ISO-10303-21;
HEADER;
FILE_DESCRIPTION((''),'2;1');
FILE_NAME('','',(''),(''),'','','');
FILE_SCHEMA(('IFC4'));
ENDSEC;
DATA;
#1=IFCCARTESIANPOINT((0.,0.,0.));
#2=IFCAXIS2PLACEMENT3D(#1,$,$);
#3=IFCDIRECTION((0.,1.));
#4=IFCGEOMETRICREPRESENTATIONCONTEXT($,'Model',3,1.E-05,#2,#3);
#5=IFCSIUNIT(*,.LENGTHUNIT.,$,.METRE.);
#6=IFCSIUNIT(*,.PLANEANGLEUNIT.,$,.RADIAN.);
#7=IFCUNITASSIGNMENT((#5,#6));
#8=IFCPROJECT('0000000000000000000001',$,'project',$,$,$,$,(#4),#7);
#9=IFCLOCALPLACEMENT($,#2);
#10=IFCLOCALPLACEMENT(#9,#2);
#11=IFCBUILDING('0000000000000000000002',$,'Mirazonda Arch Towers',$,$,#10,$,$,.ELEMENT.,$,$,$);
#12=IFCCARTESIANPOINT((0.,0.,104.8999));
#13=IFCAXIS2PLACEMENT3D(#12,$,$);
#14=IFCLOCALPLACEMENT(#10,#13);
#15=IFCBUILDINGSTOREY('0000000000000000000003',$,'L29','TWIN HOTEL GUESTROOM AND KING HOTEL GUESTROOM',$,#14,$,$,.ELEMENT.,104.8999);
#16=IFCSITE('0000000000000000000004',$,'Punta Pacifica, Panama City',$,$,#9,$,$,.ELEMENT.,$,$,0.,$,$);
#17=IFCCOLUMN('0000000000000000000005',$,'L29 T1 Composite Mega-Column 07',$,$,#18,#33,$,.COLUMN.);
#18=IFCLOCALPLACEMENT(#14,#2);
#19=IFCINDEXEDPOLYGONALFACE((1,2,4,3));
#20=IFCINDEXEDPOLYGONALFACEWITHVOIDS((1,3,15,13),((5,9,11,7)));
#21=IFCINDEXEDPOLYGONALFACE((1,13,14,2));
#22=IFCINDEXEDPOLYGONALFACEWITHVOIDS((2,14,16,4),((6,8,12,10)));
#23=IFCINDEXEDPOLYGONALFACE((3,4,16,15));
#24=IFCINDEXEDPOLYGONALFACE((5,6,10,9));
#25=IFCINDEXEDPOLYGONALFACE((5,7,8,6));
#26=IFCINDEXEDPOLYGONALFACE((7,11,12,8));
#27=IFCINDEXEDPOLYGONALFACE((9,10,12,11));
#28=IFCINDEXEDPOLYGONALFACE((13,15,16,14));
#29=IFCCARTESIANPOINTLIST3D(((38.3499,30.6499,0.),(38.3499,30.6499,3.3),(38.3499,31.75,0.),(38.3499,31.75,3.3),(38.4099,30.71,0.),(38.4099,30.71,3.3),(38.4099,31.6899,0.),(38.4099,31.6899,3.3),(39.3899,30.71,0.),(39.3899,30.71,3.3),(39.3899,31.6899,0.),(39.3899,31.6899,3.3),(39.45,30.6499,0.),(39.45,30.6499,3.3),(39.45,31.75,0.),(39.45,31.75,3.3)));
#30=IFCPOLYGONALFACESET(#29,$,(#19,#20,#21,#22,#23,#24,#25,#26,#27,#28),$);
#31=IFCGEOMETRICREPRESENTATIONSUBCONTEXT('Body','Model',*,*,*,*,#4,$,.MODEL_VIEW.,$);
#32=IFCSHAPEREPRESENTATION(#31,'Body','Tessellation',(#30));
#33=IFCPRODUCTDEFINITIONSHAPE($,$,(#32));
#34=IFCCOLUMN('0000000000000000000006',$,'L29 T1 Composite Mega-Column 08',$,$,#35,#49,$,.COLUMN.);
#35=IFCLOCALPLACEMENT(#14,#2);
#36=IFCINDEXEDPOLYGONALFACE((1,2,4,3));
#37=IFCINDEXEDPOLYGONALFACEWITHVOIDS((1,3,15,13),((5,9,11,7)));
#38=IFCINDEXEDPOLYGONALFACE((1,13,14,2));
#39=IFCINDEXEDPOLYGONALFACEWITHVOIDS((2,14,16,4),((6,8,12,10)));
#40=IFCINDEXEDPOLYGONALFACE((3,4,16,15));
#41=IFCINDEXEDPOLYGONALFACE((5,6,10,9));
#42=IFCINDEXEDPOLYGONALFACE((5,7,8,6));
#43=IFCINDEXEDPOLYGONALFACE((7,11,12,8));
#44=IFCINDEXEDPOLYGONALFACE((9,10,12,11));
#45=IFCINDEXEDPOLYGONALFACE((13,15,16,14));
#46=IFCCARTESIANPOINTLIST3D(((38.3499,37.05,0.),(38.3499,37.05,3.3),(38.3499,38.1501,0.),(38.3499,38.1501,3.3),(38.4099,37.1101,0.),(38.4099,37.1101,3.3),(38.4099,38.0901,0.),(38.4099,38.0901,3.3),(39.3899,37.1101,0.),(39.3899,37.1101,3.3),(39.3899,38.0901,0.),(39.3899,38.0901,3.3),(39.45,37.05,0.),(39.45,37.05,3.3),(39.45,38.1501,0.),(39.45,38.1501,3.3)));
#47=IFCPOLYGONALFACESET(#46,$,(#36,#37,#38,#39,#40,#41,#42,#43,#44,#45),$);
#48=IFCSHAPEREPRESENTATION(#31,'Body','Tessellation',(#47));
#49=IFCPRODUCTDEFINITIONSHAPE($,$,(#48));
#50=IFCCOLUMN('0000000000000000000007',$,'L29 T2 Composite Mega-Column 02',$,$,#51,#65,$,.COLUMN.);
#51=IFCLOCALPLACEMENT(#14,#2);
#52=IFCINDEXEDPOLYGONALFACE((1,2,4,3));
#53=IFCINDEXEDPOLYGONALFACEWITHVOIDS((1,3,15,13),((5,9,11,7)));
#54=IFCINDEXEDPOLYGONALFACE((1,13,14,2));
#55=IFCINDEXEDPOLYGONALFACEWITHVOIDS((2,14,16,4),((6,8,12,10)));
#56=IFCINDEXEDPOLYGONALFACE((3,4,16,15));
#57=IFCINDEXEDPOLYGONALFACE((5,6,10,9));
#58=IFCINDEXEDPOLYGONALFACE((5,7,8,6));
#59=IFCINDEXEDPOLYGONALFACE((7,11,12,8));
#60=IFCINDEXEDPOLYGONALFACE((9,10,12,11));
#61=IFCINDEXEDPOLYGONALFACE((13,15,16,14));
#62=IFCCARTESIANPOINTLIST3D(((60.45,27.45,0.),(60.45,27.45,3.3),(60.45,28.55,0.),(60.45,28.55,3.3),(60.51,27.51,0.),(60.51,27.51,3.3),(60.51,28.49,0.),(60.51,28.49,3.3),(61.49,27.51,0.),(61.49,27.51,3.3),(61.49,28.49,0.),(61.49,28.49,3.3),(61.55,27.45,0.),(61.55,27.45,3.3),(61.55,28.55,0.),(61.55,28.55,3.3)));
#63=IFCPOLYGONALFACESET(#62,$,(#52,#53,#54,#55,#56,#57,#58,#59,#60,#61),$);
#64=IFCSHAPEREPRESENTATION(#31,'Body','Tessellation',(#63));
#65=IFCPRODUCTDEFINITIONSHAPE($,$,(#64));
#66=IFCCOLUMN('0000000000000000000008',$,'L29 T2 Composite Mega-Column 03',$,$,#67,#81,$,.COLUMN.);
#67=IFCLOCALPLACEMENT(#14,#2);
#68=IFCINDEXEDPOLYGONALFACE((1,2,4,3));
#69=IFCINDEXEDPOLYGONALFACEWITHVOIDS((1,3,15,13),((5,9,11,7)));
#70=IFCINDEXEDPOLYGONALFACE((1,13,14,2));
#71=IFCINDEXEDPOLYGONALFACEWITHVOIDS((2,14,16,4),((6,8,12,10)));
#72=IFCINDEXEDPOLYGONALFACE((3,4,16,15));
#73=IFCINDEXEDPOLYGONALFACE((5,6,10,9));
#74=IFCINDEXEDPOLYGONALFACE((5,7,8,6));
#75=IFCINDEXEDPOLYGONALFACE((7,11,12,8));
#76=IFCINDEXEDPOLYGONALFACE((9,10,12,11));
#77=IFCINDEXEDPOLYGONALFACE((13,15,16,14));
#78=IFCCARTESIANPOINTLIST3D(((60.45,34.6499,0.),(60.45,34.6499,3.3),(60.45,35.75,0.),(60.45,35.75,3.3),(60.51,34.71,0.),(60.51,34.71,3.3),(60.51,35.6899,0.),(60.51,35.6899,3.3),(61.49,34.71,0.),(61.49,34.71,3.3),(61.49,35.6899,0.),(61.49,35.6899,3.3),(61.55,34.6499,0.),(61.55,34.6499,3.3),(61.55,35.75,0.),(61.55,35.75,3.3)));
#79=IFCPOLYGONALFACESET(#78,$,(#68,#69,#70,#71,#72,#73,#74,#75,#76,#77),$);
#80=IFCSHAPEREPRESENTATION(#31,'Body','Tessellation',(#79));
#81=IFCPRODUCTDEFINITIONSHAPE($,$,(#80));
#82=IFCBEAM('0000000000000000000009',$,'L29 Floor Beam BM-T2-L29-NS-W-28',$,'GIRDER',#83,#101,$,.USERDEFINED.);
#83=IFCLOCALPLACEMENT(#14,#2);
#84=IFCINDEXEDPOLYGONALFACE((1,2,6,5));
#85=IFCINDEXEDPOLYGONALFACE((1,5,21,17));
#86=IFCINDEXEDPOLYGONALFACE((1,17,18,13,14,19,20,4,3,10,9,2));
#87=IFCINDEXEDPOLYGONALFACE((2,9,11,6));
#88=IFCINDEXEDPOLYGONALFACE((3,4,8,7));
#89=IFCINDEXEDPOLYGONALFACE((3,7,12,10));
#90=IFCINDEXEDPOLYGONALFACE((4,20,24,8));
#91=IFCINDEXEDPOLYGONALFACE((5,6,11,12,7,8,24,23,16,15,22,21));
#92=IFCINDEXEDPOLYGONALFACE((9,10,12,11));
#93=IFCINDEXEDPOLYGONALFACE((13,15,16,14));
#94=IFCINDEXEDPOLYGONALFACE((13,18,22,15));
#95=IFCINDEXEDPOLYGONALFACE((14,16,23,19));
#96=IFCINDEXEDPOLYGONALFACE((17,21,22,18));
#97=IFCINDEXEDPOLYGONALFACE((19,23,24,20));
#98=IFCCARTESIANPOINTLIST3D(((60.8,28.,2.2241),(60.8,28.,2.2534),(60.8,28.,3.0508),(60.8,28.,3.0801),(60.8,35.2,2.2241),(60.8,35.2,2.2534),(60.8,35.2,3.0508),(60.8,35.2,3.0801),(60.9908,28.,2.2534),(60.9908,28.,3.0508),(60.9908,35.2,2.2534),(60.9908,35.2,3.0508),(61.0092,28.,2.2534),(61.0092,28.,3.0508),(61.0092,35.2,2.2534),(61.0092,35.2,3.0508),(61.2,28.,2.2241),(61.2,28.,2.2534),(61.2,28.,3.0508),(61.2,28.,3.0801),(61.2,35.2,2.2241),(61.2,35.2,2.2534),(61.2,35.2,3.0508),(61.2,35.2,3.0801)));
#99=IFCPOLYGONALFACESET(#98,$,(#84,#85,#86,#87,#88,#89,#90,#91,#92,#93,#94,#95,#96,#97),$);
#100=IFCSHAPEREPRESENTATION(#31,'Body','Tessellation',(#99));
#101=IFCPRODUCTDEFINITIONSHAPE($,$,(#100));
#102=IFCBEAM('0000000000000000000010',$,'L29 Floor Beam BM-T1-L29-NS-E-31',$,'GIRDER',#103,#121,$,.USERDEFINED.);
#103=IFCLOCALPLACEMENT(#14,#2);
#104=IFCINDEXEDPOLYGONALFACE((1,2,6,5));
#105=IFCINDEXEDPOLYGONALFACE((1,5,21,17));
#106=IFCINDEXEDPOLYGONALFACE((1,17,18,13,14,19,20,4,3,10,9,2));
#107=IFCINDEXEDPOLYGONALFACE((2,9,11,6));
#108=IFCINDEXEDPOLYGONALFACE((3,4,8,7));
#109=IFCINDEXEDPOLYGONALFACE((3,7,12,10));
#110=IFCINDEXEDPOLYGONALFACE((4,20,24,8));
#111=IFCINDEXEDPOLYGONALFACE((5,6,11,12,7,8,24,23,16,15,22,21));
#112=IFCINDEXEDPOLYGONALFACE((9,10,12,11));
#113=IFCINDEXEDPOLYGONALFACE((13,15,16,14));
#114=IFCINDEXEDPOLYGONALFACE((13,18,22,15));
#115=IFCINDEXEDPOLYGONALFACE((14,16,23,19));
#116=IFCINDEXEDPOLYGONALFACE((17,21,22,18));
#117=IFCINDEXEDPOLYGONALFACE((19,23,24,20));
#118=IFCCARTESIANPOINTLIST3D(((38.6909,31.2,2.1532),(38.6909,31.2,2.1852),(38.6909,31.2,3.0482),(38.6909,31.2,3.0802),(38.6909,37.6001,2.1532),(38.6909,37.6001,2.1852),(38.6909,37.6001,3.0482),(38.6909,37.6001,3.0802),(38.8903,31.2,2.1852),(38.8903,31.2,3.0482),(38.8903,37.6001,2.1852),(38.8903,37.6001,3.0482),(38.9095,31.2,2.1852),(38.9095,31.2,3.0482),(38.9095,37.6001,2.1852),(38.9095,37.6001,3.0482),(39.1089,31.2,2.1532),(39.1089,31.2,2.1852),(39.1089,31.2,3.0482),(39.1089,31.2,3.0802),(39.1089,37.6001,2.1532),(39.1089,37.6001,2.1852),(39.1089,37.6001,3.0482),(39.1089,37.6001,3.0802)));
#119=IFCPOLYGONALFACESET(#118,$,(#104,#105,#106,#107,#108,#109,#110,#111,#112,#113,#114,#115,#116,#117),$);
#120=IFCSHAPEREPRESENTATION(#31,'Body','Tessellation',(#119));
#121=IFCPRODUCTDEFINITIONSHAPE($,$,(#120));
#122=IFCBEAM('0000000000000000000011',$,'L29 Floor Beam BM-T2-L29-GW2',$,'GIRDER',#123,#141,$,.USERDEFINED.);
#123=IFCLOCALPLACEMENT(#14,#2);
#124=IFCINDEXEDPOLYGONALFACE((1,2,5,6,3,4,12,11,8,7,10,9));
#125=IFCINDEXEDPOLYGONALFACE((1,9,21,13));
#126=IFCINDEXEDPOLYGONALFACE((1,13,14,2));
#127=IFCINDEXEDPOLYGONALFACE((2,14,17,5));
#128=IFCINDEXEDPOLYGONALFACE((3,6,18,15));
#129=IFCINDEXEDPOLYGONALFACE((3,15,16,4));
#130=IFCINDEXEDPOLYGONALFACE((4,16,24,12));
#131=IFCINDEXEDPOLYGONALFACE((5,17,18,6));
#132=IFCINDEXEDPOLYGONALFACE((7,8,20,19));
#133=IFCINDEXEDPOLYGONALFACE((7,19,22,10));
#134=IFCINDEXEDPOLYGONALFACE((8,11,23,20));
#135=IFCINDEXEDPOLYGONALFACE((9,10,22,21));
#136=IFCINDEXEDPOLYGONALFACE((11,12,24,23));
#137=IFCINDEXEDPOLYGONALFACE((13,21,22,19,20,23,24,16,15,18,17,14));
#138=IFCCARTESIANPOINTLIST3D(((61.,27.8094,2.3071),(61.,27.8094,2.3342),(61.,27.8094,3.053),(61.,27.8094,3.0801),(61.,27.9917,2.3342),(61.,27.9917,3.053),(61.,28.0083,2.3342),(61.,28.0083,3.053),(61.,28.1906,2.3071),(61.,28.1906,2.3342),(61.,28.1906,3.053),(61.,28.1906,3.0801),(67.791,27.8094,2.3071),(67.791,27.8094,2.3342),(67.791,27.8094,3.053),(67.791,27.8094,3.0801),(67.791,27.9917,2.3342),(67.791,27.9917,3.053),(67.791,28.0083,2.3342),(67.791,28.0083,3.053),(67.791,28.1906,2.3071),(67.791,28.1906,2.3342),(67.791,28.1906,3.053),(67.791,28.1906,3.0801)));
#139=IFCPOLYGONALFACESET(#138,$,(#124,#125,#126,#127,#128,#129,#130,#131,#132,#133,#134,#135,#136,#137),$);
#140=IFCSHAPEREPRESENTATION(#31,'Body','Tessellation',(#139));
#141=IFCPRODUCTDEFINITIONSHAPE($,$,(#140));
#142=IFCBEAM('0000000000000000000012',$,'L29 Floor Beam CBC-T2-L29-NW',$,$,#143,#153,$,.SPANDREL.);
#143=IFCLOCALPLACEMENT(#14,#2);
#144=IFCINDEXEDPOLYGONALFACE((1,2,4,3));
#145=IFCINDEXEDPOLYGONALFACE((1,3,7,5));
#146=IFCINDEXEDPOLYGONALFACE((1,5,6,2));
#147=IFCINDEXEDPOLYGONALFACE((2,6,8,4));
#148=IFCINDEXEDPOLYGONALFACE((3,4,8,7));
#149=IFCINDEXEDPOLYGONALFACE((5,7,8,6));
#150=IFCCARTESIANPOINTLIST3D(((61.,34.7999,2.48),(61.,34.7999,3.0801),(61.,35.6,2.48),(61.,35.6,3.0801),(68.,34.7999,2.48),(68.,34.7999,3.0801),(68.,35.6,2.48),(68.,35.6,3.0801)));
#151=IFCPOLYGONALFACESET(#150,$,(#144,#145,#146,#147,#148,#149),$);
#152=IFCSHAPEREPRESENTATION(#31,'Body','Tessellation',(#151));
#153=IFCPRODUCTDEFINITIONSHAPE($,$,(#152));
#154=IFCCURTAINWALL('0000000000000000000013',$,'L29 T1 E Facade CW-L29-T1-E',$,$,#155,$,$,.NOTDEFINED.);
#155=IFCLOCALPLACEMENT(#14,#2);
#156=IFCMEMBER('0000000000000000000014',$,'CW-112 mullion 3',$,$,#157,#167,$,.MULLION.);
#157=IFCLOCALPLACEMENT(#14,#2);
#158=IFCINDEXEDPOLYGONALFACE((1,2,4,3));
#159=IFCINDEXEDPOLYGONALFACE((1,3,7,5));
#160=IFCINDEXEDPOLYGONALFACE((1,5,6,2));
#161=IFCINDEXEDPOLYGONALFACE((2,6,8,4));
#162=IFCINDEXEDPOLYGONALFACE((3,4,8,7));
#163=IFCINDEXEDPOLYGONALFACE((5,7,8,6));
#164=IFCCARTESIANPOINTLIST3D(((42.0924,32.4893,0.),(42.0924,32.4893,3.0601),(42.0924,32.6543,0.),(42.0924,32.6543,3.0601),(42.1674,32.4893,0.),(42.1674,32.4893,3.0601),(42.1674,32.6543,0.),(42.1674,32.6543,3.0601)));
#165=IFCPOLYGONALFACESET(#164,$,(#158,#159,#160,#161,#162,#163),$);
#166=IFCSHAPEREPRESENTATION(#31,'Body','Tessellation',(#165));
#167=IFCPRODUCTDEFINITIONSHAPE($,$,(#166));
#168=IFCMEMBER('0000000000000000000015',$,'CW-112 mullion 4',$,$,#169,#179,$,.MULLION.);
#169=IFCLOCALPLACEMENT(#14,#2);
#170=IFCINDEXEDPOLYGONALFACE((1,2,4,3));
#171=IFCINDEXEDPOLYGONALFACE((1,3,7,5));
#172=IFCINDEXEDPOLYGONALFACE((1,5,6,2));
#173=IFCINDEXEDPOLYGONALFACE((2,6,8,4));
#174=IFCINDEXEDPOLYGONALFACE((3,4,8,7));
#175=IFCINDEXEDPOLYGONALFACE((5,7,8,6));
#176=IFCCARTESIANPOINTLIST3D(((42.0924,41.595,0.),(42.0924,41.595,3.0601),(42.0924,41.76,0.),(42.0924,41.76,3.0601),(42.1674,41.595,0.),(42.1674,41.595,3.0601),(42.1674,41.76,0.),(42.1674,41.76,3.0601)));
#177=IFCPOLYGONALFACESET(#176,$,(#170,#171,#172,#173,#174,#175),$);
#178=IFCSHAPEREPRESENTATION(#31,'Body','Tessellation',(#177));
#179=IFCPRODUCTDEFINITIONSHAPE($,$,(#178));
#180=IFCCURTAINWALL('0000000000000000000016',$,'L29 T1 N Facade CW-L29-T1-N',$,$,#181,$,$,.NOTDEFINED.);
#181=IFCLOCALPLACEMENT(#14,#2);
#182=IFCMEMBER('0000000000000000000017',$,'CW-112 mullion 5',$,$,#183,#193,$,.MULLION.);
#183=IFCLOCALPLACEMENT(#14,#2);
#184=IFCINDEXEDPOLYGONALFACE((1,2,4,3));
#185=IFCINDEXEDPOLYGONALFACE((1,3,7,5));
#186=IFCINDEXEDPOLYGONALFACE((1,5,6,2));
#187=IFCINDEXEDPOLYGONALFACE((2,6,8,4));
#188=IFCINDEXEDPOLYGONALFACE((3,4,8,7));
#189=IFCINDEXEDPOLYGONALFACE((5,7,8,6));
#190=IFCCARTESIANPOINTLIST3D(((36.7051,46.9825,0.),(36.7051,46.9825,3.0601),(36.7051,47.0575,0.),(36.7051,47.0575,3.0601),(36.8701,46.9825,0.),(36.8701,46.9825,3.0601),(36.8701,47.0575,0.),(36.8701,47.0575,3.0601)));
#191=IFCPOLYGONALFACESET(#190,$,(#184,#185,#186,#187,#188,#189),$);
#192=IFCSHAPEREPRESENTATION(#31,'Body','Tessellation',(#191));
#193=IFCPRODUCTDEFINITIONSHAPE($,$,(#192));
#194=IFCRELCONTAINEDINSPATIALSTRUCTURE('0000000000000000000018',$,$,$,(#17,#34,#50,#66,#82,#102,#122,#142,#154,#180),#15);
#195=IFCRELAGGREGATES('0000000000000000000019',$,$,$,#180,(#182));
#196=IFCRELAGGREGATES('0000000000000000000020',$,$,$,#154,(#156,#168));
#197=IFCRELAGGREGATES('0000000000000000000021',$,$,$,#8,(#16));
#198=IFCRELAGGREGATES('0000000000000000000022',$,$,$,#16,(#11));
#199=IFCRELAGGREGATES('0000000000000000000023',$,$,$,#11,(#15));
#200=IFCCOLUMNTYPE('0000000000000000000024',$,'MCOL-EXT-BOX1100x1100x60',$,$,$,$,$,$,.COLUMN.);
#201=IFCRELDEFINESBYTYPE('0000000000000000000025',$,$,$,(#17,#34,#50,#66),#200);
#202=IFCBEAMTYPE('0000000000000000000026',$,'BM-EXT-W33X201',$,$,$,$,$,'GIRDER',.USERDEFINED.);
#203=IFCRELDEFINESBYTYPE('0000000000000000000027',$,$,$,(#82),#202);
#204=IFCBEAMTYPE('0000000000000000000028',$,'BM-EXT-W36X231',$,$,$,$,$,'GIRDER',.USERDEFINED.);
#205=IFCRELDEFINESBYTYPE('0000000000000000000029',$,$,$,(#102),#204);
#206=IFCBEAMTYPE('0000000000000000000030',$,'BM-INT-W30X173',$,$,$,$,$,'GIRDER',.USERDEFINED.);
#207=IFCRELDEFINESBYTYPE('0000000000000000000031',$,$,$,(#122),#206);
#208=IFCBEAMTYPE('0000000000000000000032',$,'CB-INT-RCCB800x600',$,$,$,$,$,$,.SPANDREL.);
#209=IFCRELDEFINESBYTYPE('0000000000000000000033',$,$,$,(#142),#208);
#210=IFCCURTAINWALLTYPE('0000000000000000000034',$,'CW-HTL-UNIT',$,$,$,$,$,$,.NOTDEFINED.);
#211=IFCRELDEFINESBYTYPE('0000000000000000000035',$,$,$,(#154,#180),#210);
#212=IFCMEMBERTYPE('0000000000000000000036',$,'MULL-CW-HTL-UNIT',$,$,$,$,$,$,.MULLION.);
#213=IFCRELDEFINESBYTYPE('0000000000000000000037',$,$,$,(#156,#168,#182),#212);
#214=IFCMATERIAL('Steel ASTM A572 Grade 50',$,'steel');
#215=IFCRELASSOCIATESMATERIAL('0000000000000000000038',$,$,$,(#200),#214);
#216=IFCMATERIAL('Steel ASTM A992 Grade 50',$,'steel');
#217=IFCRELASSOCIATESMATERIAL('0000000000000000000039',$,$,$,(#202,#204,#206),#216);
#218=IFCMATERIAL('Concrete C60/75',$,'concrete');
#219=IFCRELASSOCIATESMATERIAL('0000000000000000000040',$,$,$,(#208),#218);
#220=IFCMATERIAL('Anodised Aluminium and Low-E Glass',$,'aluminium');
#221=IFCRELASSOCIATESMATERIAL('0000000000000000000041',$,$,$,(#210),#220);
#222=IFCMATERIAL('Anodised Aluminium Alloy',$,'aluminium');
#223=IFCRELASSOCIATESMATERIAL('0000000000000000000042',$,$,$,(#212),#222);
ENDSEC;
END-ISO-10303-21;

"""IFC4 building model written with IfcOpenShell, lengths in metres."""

from ifc_helpers import new_model, si_unit, direction, frame, origin, origin_2d, place, context, subcontext, project, spatial, rectangle, hollow_rectangle, i_section, extrude, material, material_profile, profile_set, type_object, element, aggregate, save


model = new_model("IFC4")

# Units and contexts
model_context = context("Model", 3, precision=1e-05, world=origin(), true_north=direction((0.0, 1.0)))
body_context = subcontext(model_context, "Body", "Model", "MODEL_VIEW")
ifc_project = project(units=[si_unit("LENGTHUNIT", "METRE"), si_unit("PLANEANGLEUNIT", "RADIAN")], contexts=[model_context])

# Site, building, storey
site_placement = place(None, origin())
site = spatial("IfcSite", under=ifc_project, at=site_placement, Name="Punta Pacifica, Panama City", CompositionType="ELEMENT", RefElevation=0.0)
building_placement = place(site_placement, origin())
building = spatial("IfcBuilding", under=site, at=building_placement, Name="Mirazonda Arch Towers", CompositionType="ELEMENT")
storey_placement = place(building_placement, frame((0.0, 0.0, 104.8999)))
storey = spatial("IfcBuildingStorey", under=building, at=storey_placement, Name="L29", Description="TWIN HOTEL GUESTROOM AND KING HOTEL GUESTROOM", CompositionType="ELEMENT", Elevation=104.8999)

# Columns
ifc_material_1 = material(Name="Steel ASTM A572 Grade 50", Category="steel")
ifc_material_profile_1 = material_profile(ifc_material_1, hollow_rectangle(XDim=1.1001, YDim=1.1001, WallThickness=0.0601, at=origin_2d()), Name="BOX1100x1100x60")
ifc_profile_set_1 = profile_set([ifc_material_profile_1], Name="Steel ASTM A572 Grade 50")
column_type = type_object("IfcColumnType", Name="MCOL-EXT-BOX1100x1100x60", PredefinedType="COLUMN", material=ifc_profile_set_1)
for number, where, z_axis, x_axis, name in (
    (1, (38.8999, 31.2, 0.0), (0.0, 0.0, 1.0), (1.0, 0.0, 0.0), "L29 T1 Composite Mega-Column 07"),
    (2, (38.8999, 37.6001, 0.0), (0.0, 0.0, 1.0), (1.0, 0.0, 0.0), "L29 T1 Composite Mega-Column 08"),
    (3, (61.0, 28.0, 0.0), (0.0, 0.0, 1.0), (1.0, 0.0, 0.0), "L29 T2 Composite Mega-Column 02"),
    (4, (61.0, 35.2, 0.0), (0.0, 0.0, 1.0), (1.0, 0.0, 0.0), "L29 T2 Composite Mega-Column 03"),
):
    element("IfcColumn", number, at=place(storey_placement, frame(where, z_axis=z_axis, x_axis=x_axis)), inside=storey, type_object=column_type, Name=name, PredefinedType="COLUMN", context=body_context, shape_type="SweptSolid", body=[
        extrude(hollow_rectangle(XDim=1.1001, YDim=1.1001, WallThickness=0.0601, at=origin_2d()), origin(), (0.0, 0.0, 1.0), 3.3),
    ])

# Beams
ifc_material_2 = material(Name="Steel ASTM A992 Grade 50", Category="steel")
ifc_material_profile_2 = material_profile(ifc_material_2, i_section(OverallWidth=0.3999, OverallDepth=0.856, WebThickness=0.0183, FlangeThickness=0.0293, at=origin_2d()), Name="W33X201")
ifc_profile_set_2 = profile_set([ifc_material_profile_2], Name="Steel ASTM A992 Grade 50")
beam_type_1 = type_object("IfcBeamType", Name="BM-EXT-W33X201", ElementType="GIRDER", PredefinedType="USERDEFINED", material=ifc_profile_set_2)
beam_1_placement = place(storey_placement, frame((61.0, 28.0, 2.6521), z_axis=(0.0, 1.0, 0.0), x_axis=(-1.0, 0.0, 0.0)))
element("IfcBeam", 5, at=beam_1_placement, inside=storey, type_object=beam_type_1, Name="L29 Floor Beam BM-T2-L29-NS-W-28", ObjectType="GIRDER", PredefinedType="USERDEFINED", context=body_context, shape_type="SweptSolid", body=[
    extrude(i_section(OverallWidth=0.3999, OverallDepth=0.856, WebThickness=0.0183, FlangeThickness=0.0293, at=origin_2d()), origin(), (0.0, 0.0, 1.0), 7.2),
])
ifc_material_profile_3 = material_profile(ifc_material_2, i_section(OverallWidth=0.418, OverallDepth=0.927, WebThickness=0.0193, FlangeThickness=0.032, at=origin_2d()), Name="W36X231")
ifc_profile_set_3 = profile_set([ifc_material_profile_3], Name="Steel ASTM A992 Grade 50")
beam_type_2 = type_object("IfcBeamType", Name="BM-EXT-W36X231", ElementType="GIRDER", PredefinedType="USERDEFINED", material=ifc_profile_set_3)
beam_2_placement = place(storey_placement, frame((38.8999, 31.2, 2.6167), z_axis=(0.0, 1.0, 0.0), x_axis=(-1.0, 0.0, 0.0)))
element("IfcBeam", 6, at=beam_2_placement, inside=storey, type_object=beam_type_2, Name="L29 Floor Beam BM-T1-L29-NS-E-31", ObjectType="GIRDER", PredefinedType="USERDEFINED", context=body_context, shape_type="SweptSolid", body=[
    extrude(i_section(OverallWidth=0.418, OverallDepth=0.927, WebThickness=0.0193, FlangeThickness=0.032, at=origin_2d()), origin(), (0.0, 0.0, 1.0), 6.4001),
])
ifc_material_profile_4 = material_profile(ifc_material_2, i_section(OverallWidth=0.3811, OverallDepth=0.7729, WebThickness=0.0166, FlangeThickness=0.0271, at=origin_2d()), Name="W30X173")
ifc_profile_set_4 = profile_set([ifc_material_profile_4], Name="Steel ASTM A992 Grade 50")
beam_type_3 = type_object("IfcBeamType", Name="BM-INT-W30X173", ElementType="GIRDER", PredefinedType="USERDEFINED", material=ifc_profile_set_4)
beam_3_placement = place(storey_placement, frame((61.0, 28.0, 2.6936), z_axis=(1.0, 0.0, 0.0), x_axis=(0.0, 1.0, 0.0)))
element("IfcBeam", 7, at=beam_3_placement, inside=storey, type_object=beam_type_3, Name="L29 Floor Beam BM-T2-L29-GW2", ObjectType="GIRDER", PredefinedType="USERDEFINED", context=body_context, shape_type="SweptSolid", body=[
    extrude(i_section(OverallWidth=0.3811, OverallDepth=0.7729, WebThickness=0.0166, FlangeThickness=0.0271, at=origin_2d()), origin(), (0.0, 0.0, 1.0), 6.791),
])
ifc_material_3 = material(Name="Concrete C60/75", Category="concrete")
ifc_material_profile_5 = material_profile(ifc_material_3, rectangle(XDim=0.8, YDim=0.6001, at=origin_2d()), Name="RCCB800x600")
ifc_profile_set_5 = profile_set([ifc_material_profile_5], Name="Concrete C60/75")
beam_type_4 = type_object("IfcBeamType", Name="CB-INT-RCCB800x600", PredefinedType="SPANDREL", material=ifc_profile_set_5)
beam_4_placement = place(storey_placement, frame((61.0, 35.2, 2.78), z_axis=(1.0, 0.0, 0.0), x_axis=(0.0, 1.0, 0.0)))
element("IfcBeam", 8, at=beam_4_placement, inside=storey, type_object=beam_type_4, Name="L29 Floor Beam CBC-T2-L29-NW", PredefinedType="SPANDREL", context=body_context, shape_type="SweptSolid", body=[
    extrude(rectangle(XDim=0.8, YDim=0.6001, at=origin_2d()), origin(), (0.0, 0.0, 1.0), 7.0),
])

# Curtain wall, members
ifc_material_4 = material(Name="Anodised Aluminium and Low-E Glass", Category="aluminium")
curtain_wall_type = type_object("IfcCurtainWallType", Name="CW-HTL-UNIT", PredefinedType="NOTDEFINED", material=ifc_material_4)
curtain_wall_1_placement = place(storey_placement, origin())
curtain_wall_1 = element("IfcCurtainWall", 9, at=curtain_wall_1_placement, inside=storey, type_object=curtain_wall_type, Name="L29 T1 E Facade CW-L29-T1-E", PredefinedType="NOTDEFINED")
ifc_material_5 = material(Name="Anodised Aluminium Alloy", Category="aluminium")
ifc_material_profile_6 = material_profile(ifc_material_5, rectangle(XDim=0.075, YDim=0.165, at=origin_2d()), Name="ALU-MULL-75x165")
ifc_profile_set_6 = profile_set([ifc_material_profile_6], Name="Anodised Aluminium Alloy")
member_type_1 = type_object("IfcMemberType", Name="MULL-CW-HTL-UNIT", PredefinedType="MULLION", material=ifc_profile_set_6)
member_1_placement = place(storey_placement, frame((42.1299, 32.5718, 0.0), z_axis=(0.0, 0.0, 1.0), x_axis=(-1.0, 0.0, 0.0)))
member_1 = element("IfcMember", 10, at=member_1_placement, type_object=member_type_1, Name="CW-112 mullion 3", PredefinedType="MULLION", context=body_context, shape_type="SweptSolid", body=[
    extrude(rectangle(XDim=0.075, YDim=0.165, at=origin_2d()), origin(), (0.0, 0.0, 1.0), 3.0601),
])
member_2_placement = place(storey_placement, frame((42.1299, 41.6775, 0.0), z_axis=(0.0, 0.0, 1.0), x_axis=(-1.0, 0.0, 0.0)))
member_2 = element("IfcMember", 11, at=member_2_placement, type_object=member_type_1, Name="CW-112 mullion 4", PredefinedType="MULLION", context=body_context, shape_type="SweptSolid", body=[
    extrude(rectangle(XDim=0.075, YDim=0.165, at=origin_2d()), origin(), (0.0, 0.0, 1.0), 3.0601),
])

# Curtain wall, member
curtain_wall_2_placement = place(storey_placement, origin())
curtain_wall_2 = element("IfcCurtainWall", 12, at=curtain_wall_2_placement, inside=storey, type_object=curtain_wall_type, Name="L29 T1 N Facade CW-L29-T1-N", PredefinedType="NOTDEFINED")
member_3_placement = place(storey_placement, frame((36.7876, 47.02, 0.0), z_axis=(0.0, 0.0, 1.0), x_axis=(0.0, 1.0, 0.0)))
member_3 = element("IfcMember", 13, at=member_3_placement, type_object=member_type_1, Name="CW-112 mullion 5", PredefinedType="MULLION", context=body_context, shape_type="SweptSolid", body=[
    extrude(rectangle(XDim=0.075, YDim=0.165, at=origin_2d()), origin(), (0.0, 0.0, 1.0), 3.0601),
])
aggregate(curtain_wall_2, [member_3])

aggregate(curtain_wall_1, [member_1, member_2])

save(model, "model.ifc")
